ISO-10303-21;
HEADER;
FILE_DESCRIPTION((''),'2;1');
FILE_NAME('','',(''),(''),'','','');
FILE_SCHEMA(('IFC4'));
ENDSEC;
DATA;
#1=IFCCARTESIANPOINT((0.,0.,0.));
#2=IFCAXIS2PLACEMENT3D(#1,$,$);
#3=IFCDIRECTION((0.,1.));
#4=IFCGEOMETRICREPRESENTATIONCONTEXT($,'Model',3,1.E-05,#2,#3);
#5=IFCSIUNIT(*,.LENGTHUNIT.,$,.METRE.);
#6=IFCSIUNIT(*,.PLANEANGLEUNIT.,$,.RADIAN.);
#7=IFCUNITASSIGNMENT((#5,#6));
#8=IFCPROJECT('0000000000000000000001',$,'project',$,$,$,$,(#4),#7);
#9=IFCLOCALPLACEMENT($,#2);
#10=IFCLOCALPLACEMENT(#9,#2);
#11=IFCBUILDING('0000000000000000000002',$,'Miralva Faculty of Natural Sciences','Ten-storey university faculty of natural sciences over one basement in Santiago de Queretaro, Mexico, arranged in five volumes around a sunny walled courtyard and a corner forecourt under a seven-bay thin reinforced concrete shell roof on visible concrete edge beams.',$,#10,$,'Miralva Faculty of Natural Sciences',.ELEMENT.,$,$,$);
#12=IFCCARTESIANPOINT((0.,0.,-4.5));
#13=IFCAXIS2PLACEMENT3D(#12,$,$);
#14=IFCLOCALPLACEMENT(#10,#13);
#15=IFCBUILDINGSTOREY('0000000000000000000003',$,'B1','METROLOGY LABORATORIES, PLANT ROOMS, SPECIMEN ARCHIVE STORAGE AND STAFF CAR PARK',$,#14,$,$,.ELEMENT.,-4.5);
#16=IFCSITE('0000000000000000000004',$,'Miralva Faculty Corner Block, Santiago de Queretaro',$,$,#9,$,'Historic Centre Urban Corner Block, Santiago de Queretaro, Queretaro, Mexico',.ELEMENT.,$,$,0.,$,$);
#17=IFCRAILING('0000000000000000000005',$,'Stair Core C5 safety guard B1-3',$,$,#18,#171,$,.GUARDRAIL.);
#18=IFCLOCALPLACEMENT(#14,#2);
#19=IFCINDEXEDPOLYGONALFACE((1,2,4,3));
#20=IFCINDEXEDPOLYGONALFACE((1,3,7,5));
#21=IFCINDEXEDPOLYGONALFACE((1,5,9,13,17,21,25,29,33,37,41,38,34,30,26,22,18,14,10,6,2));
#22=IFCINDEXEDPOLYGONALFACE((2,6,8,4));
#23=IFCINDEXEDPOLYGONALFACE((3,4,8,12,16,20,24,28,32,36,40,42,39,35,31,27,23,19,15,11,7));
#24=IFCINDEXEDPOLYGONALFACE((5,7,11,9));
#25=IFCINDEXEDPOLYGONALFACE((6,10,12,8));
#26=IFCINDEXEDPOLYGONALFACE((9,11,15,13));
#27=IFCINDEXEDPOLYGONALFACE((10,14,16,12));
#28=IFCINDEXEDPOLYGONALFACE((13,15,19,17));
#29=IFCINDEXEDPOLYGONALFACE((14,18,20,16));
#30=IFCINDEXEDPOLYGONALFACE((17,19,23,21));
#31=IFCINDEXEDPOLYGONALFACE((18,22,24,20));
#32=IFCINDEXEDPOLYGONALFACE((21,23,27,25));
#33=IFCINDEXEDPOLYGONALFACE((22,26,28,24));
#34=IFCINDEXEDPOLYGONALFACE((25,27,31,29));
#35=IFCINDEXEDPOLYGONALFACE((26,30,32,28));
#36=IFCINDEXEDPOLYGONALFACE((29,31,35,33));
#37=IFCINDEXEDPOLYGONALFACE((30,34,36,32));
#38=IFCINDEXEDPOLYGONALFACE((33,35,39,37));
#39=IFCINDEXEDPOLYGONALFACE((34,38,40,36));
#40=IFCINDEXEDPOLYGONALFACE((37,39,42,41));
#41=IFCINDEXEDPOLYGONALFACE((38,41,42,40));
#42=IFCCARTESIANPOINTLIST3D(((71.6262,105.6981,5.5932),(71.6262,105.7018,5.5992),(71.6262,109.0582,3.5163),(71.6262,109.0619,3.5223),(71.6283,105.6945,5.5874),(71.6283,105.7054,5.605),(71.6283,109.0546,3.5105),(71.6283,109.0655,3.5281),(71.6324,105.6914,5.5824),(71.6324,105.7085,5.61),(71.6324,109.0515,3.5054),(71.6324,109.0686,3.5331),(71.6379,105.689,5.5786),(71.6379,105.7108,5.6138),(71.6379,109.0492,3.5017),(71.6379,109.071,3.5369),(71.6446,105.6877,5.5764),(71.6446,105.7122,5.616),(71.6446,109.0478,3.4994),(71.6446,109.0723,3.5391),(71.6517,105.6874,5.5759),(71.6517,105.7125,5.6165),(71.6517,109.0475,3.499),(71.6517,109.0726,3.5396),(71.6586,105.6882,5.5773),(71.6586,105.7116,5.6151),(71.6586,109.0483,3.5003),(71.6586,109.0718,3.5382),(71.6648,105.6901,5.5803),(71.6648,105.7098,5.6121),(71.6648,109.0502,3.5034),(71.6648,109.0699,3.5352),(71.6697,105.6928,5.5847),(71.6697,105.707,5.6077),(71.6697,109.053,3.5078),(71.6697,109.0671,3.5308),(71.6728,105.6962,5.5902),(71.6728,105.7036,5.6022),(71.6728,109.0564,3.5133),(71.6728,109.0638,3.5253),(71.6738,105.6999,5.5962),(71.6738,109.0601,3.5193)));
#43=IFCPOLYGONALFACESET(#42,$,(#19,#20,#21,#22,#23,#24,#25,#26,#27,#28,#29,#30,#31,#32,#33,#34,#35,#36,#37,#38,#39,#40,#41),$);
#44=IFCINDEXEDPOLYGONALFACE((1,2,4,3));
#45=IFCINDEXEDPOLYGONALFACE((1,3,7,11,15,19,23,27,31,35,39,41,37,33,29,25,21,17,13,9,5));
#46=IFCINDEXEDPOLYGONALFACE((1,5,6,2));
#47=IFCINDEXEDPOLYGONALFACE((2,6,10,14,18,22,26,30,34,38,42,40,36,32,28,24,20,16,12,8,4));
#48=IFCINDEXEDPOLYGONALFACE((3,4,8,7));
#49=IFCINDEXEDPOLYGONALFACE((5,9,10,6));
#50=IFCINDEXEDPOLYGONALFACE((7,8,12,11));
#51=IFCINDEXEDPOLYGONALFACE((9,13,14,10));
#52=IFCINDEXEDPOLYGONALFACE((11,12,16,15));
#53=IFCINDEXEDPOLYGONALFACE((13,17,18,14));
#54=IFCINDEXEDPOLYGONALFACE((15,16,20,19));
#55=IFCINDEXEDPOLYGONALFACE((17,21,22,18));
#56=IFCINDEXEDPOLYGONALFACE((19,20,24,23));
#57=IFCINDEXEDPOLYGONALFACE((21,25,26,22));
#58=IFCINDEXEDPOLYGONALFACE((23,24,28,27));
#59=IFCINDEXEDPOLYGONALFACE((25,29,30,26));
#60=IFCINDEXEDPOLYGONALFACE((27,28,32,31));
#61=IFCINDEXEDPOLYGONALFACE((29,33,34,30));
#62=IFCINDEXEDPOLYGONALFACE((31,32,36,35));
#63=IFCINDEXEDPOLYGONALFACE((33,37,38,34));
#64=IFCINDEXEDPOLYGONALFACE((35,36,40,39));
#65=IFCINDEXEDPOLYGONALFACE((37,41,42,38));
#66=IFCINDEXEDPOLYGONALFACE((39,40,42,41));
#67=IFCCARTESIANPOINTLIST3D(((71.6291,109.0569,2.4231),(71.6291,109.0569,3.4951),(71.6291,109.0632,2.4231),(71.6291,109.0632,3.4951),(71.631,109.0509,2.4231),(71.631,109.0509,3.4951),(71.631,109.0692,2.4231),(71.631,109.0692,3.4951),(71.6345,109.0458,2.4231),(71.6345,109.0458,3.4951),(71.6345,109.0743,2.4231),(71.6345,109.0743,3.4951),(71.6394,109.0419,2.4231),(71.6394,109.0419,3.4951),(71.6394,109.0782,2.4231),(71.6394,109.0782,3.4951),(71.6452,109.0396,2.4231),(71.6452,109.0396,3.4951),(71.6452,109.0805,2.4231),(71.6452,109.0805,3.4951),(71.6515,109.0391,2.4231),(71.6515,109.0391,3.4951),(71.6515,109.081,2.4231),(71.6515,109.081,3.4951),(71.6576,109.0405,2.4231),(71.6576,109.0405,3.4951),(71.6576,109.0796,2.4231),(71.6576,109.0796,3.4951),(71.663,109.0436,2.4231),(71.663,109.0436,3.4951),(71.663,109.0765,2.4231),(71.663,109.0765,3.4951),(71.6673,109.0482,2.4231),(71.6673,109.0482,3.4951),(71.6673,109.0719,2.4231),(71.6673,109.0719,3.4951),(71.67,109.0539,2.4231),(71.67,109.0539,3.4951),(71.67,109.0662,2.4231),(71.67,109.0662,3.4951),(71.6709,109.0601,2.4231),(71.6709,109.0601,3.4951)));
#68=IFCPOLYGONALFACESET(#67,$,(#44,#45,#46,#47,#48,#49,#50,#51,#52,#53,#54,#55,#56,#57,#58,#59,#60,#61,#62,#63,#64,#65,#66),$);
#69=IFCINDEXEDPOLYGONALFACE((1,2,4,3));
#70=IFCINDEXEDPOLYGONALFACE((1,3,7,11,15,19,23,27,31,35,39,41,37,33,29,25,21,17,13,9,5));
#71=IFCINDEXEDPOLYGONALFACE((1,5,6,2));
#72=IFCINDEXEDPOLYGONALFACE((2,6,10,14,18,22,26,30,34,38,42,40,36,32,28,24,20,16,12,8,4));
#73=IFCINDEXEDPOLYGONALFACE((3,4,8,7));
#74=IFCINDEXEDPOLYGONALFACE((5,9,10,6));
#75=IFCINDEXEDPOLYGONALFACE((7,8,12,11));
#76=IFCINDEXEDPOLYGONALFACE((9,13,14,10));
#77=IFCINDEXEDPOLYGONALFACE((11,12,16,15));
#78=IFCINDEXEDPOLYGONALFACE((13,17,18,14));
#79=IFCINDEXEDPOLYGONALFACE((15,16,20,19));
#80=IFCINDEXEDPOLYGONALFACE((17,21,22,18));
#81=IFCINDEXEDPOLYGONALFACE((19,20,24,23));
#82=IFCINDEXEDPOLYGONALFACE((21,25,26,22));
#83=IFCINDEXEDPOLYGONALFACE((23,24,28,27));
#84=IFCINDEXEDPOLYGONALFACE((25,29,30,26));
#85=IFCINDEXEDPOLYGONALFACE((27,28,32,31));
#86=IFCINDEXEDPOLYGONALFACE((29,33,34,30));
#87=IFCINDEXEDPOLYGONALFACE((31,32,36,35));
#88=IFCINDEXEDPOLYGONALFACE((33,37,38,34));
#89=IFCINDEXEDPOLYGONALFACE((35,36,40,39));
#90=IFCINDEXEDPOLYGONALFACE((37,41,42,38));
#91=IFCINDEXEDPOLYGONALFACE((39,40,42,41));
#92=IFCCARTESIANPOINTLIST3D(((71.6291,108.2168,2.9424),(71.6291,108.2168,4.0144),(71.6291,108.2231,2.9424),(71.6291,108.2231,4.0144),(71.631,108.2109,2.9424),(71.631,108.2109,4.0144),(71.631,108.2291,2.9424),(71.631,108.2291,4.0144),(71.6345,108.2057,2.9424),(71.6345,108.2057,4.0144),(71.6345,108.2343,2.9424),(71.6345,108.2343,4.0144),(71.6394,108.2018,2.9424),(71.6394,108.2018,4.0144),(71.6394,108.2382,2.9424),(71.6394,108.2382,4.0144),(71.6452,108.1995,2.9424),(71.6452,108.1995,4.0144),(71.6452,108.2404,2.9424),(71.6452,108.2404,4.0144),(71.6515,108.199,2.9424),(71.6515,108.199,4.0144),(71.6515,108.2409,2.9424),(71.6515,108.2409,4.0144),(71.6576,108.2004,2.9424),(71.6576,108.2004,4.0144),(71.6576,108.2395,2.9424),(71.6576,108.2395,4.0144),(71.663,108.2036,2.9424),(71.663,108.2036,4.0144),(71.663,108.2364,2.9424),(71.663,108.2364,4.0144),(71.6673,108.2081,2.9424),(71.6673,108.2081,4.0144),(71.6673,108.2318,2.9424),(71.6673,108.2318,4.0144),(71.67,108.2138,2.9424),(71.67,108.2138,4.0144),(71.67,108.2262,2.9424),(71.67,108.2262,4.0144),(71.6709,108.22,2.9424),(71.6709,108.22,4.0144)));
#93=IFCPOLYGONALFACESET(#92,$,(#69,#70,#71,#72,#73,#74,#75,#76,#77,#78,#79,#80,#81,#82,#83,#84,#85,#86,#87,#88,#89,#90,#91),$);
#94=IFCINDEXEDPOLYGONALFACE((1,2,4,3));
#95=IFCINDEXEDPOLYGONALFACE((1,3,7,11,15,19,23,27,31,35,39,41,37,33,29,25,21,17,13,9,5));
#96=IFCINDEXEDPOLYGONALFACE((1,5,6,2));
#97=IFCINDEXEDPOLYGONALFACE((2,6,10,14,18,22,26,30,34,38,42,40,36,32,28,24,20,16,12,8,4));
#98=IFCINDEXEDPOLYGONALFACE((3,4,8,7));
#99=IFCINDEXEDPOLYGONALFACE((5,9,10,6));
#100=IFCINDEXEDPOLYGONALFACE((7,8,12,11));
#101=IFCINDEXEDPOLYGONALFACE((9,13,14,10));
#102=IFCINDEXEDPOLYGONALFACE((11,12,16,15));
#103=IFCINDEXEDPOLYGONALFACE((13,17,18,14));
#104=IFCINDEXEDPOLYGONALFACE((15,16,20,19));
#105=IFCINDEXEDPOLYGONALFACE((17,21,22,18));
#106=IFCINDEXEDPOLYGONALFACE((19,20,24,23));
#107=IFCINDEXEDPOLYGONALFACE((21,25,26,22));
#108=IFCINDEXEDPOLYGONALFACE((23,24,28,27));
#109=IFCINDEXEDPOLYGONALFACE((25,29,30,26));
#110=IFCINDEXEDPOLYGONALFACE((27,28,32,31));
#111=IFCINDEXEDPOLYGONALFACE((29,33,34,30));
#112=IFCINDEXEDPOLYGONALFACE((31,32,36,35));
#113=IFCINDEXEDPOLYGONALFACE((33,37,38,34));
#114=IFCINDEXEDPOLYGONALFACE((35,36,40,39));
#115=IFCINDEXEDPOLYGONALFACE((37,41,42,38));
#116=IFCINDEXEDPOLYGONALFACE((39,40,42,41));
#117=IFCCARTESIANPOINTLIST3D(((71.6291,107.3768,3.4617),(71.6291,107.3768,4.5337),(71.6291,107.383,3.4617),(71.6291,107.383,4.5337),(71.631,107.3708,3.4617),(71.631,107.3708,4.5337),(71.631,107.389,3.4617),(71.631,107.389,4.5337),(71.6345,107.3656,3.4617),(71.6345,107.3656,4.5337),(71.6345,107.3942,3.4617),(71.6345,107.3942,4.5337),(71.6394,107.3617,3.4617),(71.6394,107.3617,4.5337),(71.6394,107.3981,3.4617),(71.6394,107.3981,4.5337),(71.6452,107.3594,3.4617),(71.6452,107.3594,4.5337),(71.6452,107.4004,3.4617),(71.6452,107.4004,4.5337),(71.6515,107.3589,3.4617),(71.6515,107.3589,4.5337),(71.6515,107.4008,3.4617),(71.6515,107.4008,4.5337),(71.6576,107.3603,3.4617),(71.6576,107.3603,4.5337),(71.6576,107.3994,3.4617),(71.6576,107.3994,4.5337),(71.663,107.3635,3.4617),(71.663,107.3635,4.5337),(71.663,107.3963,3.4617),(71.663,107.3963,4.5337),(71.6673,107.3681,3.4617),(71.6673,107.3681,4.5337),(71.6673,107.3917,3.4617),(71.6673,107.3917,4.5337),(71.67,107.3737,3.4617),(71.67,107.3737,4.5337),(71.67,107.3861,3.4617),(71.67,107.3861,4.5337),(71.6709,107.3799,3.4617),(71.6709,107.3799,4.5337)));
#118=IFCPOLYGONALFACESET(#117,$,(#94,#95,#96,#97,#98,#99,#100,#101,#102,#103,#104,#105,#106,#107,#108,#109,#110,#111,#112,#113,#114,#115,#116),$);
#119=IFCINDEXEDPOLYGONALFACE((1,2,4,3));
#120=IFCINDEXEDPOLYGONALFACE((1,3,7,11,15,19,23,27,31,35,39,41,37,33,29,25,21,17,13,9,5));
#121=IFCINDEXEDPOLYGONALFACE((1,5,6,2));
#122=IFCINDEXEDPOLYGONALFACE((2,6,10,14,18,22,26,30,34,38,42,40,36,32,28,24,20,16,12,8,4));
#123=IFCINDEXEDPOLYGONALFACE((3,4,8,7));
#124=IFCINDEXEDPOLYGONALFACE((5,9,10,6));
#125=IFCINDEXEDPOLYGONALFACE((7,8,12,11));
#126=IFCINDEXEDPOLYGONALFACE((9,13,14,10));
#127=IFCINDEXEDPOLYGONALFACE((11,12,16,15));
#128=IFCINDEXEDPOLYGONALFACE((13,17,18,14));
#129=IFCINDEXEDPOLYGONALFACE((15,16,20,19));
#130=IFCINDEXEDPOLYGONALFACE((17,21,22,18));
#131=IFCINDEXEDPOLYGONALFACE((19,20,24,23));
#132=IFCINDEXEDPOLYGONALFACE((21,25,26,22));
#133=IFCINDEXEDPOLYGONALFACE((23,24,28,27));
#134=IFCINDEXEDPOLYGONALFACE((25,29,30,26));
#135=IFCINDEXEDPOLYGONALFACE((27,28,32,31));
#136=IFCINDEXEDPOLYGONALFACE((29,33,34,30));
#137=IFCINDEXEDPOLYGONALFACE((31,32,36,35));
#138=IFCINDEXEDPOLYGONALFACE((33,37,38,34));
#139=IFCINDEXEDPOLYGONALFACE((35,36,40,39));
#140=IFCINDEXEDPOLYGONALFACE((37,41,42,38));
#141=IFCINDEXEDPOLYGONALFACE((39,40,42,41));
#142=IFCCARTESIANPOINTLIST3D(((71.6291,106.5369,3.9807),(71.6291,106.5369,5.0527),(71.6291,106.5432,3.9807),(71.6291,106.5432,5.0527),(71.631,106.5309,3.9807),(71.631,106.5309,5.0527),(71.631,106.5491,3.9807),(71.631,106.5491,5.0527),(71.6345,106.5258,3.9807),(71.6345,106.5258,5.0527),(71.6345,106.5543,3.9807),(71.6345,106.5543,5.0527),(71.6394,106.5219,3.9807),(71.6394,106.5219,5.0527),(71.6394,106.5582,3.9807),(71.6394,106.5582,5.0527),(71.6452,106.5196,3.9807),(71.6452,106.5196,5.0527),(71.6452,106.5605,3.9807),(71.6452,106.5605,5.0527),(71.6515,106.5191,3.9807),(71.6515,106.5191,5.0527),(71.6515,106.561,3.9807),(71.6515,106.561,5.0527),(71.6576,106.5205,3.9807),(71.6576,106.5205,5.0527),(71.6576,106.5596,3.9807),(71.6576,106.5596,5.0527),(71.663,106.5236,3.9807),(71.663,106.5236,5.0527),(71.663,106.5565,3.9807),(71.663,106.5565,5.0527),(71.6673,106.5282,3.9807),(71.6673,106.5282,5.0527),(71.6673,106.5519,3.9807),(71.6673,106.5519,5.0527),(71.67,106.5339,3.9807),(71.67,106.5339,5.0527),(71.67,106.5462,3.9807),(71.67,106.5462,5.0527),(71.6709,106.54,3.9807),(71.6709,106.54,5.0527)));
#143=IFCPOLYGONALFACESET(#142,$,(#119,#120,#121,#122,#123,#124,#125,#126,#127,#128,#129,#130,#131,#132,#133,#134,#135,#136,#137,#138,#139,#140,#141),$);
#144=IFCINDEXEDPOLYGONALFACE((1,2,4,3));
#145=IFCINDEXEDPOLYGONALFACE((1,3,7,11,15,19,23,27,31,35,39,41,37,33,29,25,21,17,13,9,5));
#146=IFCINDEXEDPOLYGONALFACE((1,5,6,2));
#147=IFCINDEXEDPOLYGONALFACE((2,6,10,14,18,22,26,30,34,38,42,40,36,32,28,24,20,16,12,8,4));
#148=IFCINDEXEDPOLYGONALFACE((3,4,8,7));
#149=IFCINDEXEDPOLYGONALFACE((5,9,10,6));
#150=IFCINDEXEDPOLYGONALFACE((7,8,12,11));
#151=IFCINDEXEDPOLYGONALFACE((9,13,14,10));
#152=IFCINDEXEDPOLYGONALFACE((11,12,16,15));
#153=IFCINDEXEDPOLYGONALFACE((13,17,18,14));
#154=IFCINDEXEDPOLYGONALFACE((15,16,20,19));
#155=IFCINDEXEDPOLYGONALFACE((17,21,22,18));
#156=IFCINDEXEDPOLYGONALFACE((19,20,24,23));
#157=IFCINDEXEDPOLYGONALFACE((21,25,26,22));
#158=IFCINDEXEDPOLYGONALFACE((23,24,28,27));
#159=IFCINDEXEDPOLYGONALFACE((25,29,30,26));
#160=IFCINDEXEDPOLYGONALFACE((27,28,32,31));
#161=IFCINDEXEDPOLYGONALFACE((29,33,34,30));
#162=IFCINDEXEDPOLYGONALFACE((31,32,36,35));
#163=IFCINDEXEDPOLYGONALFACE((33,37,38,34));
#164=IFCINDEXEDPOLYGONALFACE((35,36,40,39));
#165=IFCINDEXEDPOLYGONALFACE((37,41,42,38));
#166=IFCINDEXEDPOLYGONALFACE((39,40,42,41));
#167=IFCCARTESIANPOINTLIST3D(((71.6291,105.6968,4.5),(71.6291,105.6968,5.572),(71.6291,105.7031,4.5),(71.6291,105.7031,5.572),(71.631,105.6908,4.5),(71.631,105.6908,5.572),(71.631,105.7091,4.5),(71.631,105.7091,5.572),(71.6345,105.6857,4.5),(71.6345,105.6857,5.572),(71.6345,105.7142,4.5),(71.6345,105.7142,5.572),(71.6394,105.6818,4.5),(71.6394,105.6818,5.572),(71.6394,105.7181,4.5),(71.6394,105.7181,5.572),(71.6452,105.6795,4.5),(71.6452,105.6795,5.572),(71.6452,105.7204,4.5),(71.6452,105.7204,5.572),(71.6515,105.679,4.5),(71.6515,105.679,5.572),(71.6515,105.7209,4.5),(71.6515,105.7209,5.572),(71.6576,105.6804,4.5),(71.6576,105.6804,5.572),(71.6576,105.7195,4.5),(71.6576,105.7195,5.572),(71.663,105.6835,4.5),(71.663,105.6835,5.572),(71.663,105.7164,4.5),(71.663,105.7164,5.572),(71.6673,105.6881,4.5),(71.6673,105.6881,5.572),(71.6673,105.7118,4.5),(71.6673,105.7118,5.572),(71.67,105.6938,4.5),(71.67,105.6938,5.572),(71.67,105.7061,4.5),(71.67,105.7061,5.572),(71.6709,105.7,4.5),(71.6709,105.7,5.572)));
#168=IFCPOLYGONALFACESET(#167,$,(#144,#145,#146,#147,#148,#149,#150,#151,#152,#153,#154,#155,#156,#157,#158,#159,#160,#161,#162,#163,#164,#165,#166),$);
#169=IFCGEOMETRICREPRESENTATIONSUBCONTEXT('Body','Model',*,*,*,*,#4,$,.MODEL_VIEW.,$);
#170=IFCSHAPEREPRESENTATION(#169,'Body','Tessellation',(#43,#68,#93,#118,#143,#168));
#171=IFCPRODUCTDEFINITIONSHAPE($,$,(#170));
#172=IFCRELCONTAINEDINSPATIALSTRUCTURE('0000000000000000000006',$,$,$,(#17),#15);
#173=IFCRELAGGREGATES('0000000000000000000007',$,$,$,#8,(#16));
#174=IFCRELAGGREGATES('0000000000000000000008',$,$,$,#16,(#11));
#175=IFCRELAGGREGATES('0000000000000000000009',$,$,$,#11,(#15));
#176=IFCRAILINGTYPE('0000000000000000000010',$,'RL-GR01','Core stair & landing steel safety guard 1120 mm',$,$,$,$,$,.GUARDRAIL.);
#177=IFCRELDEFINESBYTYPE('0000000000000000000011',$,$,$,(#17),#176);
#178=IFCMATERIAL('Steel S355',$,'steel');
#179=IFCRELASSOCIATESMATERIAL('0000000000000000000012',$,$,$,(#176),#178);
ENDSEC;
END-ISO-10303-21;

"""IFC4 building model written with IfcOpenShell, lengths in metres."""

from ifc_helpers import new_model, si_unit, direction, frame, origin, origin_2d, place, context, subcontext, project, spatial, circle, extrude, material, type_object, element, save


model = new_model("IFC4")

# Units and contexts
model_context = context("Model", 3, precision=1e-05, world=origin(), true_north=direction((0.0, 1.0)))
body_context = subcontext(model_context, "Body", "Model", "MODEL_VIEW")
ifc_project = project(units=[si_unit("LENGTHUNIT", "METRE"), si_unit("PLANEANGLEUNIT", "RADIAN")], contexts=[model_context])

# Site, building, storey
site_placement = place(None, origin())
site = spatial("IfcSite", under=ifc_project, at=site_placement, Name="Miralva Faculty Corner Block, Santiago de Queretaro", LongName="Historic Centre Urban Corner Block, Santiago de Queretaro, Queretaro, Mexico", CompositionType="ELEMENT", RefElevation=0.0)
building_placement = place(site_placement, origin())
building = spatial("IfcBuilding", under=site, at=building_placement, Name="Miralva Faculty of Natural Sciences", Description="Ten-storey university faculty of natural sciences over one basement in Santiago de Queretaro, Mexico, arranged in five volumes around a sunny walled courtyard and a corner forecourt under a seven-bay thin reinforced concrete shell roof on visible concrete edge beams.", LongName="Miralva Faculty of Natural Sciences", CompositionType="ELEMENT")
storey_placement = place(building_placement, frame((0.0, 0.0, -4.5)))
storey = spatial("IfcBuildingStorey", under=building, at=storey_placement, Name="B1", Description="METROLOGY LABORATORIES, PLANT ROOMS, SPECIMEN ARCHIVE STORAGE AND STAFF CAR PARK", CompositionType="ELEMENT", Elevation=-4.5)

# Railing
ifc_material_1 = material(Name="Steel S355", Category="steel")
railing_type_1 = type_object("IfcRailingType", Name="RL-GR01", Description="Core stair & landing steel safety guard 1120 mm", PredefinedType="GUARDRAIL", material=ifc_material_1)
railing_1_placement = place(storey_placement, frame((71.6499, 109.0601, 2.4231)))
element("IfcRailing", 1, at=railing_1_placement, inside=storey, type_object=railing_type_1, Name="Stair Core C5 safety guard B1-3", PredefinedType="GUARDRAIL", context=body_context, shape_type="SweptSolid", body=[
    extrude(circle(Radius=0.0239, at=origin_2d()), frame((0.0, 0.0, 1.0962), z_axis=(0.0, -0.850623, 0.525776), x_axis=(1.0, 0.0, 0.0)), (0.0, 0.0, 1.0), 3.9502),
    extrude(circle(Radius=0.021, at=origin_2d()), origin(), (0.0, 0.0, 1.0), 1.072),
    extrude(circle(Radius=0.021, at=origin_2d()), frame((0.0, -0.8401, 0.5193)), (0.0, 0.0, 1.0), 1.072),
    extrude(circle(Radius=0.021, at=origin_2d()), frame((0.0, -1.6802, 1.0386)), (0.0, 0.0, 1.0), 1.072),
    extrude(circle(Radius=0.021, at=origin_2d()), frame((0.0, -2.52, 1.5576)), (0.0, 0.0, 1.0), 1.072),
    extrude(circle(Radius=0.021, at=origin_2d()), frame((0.0, -3.3601, 2.0769)), (0.0, 0.0, 1.0), 1.072),
])

save(model, "model.ifc")
